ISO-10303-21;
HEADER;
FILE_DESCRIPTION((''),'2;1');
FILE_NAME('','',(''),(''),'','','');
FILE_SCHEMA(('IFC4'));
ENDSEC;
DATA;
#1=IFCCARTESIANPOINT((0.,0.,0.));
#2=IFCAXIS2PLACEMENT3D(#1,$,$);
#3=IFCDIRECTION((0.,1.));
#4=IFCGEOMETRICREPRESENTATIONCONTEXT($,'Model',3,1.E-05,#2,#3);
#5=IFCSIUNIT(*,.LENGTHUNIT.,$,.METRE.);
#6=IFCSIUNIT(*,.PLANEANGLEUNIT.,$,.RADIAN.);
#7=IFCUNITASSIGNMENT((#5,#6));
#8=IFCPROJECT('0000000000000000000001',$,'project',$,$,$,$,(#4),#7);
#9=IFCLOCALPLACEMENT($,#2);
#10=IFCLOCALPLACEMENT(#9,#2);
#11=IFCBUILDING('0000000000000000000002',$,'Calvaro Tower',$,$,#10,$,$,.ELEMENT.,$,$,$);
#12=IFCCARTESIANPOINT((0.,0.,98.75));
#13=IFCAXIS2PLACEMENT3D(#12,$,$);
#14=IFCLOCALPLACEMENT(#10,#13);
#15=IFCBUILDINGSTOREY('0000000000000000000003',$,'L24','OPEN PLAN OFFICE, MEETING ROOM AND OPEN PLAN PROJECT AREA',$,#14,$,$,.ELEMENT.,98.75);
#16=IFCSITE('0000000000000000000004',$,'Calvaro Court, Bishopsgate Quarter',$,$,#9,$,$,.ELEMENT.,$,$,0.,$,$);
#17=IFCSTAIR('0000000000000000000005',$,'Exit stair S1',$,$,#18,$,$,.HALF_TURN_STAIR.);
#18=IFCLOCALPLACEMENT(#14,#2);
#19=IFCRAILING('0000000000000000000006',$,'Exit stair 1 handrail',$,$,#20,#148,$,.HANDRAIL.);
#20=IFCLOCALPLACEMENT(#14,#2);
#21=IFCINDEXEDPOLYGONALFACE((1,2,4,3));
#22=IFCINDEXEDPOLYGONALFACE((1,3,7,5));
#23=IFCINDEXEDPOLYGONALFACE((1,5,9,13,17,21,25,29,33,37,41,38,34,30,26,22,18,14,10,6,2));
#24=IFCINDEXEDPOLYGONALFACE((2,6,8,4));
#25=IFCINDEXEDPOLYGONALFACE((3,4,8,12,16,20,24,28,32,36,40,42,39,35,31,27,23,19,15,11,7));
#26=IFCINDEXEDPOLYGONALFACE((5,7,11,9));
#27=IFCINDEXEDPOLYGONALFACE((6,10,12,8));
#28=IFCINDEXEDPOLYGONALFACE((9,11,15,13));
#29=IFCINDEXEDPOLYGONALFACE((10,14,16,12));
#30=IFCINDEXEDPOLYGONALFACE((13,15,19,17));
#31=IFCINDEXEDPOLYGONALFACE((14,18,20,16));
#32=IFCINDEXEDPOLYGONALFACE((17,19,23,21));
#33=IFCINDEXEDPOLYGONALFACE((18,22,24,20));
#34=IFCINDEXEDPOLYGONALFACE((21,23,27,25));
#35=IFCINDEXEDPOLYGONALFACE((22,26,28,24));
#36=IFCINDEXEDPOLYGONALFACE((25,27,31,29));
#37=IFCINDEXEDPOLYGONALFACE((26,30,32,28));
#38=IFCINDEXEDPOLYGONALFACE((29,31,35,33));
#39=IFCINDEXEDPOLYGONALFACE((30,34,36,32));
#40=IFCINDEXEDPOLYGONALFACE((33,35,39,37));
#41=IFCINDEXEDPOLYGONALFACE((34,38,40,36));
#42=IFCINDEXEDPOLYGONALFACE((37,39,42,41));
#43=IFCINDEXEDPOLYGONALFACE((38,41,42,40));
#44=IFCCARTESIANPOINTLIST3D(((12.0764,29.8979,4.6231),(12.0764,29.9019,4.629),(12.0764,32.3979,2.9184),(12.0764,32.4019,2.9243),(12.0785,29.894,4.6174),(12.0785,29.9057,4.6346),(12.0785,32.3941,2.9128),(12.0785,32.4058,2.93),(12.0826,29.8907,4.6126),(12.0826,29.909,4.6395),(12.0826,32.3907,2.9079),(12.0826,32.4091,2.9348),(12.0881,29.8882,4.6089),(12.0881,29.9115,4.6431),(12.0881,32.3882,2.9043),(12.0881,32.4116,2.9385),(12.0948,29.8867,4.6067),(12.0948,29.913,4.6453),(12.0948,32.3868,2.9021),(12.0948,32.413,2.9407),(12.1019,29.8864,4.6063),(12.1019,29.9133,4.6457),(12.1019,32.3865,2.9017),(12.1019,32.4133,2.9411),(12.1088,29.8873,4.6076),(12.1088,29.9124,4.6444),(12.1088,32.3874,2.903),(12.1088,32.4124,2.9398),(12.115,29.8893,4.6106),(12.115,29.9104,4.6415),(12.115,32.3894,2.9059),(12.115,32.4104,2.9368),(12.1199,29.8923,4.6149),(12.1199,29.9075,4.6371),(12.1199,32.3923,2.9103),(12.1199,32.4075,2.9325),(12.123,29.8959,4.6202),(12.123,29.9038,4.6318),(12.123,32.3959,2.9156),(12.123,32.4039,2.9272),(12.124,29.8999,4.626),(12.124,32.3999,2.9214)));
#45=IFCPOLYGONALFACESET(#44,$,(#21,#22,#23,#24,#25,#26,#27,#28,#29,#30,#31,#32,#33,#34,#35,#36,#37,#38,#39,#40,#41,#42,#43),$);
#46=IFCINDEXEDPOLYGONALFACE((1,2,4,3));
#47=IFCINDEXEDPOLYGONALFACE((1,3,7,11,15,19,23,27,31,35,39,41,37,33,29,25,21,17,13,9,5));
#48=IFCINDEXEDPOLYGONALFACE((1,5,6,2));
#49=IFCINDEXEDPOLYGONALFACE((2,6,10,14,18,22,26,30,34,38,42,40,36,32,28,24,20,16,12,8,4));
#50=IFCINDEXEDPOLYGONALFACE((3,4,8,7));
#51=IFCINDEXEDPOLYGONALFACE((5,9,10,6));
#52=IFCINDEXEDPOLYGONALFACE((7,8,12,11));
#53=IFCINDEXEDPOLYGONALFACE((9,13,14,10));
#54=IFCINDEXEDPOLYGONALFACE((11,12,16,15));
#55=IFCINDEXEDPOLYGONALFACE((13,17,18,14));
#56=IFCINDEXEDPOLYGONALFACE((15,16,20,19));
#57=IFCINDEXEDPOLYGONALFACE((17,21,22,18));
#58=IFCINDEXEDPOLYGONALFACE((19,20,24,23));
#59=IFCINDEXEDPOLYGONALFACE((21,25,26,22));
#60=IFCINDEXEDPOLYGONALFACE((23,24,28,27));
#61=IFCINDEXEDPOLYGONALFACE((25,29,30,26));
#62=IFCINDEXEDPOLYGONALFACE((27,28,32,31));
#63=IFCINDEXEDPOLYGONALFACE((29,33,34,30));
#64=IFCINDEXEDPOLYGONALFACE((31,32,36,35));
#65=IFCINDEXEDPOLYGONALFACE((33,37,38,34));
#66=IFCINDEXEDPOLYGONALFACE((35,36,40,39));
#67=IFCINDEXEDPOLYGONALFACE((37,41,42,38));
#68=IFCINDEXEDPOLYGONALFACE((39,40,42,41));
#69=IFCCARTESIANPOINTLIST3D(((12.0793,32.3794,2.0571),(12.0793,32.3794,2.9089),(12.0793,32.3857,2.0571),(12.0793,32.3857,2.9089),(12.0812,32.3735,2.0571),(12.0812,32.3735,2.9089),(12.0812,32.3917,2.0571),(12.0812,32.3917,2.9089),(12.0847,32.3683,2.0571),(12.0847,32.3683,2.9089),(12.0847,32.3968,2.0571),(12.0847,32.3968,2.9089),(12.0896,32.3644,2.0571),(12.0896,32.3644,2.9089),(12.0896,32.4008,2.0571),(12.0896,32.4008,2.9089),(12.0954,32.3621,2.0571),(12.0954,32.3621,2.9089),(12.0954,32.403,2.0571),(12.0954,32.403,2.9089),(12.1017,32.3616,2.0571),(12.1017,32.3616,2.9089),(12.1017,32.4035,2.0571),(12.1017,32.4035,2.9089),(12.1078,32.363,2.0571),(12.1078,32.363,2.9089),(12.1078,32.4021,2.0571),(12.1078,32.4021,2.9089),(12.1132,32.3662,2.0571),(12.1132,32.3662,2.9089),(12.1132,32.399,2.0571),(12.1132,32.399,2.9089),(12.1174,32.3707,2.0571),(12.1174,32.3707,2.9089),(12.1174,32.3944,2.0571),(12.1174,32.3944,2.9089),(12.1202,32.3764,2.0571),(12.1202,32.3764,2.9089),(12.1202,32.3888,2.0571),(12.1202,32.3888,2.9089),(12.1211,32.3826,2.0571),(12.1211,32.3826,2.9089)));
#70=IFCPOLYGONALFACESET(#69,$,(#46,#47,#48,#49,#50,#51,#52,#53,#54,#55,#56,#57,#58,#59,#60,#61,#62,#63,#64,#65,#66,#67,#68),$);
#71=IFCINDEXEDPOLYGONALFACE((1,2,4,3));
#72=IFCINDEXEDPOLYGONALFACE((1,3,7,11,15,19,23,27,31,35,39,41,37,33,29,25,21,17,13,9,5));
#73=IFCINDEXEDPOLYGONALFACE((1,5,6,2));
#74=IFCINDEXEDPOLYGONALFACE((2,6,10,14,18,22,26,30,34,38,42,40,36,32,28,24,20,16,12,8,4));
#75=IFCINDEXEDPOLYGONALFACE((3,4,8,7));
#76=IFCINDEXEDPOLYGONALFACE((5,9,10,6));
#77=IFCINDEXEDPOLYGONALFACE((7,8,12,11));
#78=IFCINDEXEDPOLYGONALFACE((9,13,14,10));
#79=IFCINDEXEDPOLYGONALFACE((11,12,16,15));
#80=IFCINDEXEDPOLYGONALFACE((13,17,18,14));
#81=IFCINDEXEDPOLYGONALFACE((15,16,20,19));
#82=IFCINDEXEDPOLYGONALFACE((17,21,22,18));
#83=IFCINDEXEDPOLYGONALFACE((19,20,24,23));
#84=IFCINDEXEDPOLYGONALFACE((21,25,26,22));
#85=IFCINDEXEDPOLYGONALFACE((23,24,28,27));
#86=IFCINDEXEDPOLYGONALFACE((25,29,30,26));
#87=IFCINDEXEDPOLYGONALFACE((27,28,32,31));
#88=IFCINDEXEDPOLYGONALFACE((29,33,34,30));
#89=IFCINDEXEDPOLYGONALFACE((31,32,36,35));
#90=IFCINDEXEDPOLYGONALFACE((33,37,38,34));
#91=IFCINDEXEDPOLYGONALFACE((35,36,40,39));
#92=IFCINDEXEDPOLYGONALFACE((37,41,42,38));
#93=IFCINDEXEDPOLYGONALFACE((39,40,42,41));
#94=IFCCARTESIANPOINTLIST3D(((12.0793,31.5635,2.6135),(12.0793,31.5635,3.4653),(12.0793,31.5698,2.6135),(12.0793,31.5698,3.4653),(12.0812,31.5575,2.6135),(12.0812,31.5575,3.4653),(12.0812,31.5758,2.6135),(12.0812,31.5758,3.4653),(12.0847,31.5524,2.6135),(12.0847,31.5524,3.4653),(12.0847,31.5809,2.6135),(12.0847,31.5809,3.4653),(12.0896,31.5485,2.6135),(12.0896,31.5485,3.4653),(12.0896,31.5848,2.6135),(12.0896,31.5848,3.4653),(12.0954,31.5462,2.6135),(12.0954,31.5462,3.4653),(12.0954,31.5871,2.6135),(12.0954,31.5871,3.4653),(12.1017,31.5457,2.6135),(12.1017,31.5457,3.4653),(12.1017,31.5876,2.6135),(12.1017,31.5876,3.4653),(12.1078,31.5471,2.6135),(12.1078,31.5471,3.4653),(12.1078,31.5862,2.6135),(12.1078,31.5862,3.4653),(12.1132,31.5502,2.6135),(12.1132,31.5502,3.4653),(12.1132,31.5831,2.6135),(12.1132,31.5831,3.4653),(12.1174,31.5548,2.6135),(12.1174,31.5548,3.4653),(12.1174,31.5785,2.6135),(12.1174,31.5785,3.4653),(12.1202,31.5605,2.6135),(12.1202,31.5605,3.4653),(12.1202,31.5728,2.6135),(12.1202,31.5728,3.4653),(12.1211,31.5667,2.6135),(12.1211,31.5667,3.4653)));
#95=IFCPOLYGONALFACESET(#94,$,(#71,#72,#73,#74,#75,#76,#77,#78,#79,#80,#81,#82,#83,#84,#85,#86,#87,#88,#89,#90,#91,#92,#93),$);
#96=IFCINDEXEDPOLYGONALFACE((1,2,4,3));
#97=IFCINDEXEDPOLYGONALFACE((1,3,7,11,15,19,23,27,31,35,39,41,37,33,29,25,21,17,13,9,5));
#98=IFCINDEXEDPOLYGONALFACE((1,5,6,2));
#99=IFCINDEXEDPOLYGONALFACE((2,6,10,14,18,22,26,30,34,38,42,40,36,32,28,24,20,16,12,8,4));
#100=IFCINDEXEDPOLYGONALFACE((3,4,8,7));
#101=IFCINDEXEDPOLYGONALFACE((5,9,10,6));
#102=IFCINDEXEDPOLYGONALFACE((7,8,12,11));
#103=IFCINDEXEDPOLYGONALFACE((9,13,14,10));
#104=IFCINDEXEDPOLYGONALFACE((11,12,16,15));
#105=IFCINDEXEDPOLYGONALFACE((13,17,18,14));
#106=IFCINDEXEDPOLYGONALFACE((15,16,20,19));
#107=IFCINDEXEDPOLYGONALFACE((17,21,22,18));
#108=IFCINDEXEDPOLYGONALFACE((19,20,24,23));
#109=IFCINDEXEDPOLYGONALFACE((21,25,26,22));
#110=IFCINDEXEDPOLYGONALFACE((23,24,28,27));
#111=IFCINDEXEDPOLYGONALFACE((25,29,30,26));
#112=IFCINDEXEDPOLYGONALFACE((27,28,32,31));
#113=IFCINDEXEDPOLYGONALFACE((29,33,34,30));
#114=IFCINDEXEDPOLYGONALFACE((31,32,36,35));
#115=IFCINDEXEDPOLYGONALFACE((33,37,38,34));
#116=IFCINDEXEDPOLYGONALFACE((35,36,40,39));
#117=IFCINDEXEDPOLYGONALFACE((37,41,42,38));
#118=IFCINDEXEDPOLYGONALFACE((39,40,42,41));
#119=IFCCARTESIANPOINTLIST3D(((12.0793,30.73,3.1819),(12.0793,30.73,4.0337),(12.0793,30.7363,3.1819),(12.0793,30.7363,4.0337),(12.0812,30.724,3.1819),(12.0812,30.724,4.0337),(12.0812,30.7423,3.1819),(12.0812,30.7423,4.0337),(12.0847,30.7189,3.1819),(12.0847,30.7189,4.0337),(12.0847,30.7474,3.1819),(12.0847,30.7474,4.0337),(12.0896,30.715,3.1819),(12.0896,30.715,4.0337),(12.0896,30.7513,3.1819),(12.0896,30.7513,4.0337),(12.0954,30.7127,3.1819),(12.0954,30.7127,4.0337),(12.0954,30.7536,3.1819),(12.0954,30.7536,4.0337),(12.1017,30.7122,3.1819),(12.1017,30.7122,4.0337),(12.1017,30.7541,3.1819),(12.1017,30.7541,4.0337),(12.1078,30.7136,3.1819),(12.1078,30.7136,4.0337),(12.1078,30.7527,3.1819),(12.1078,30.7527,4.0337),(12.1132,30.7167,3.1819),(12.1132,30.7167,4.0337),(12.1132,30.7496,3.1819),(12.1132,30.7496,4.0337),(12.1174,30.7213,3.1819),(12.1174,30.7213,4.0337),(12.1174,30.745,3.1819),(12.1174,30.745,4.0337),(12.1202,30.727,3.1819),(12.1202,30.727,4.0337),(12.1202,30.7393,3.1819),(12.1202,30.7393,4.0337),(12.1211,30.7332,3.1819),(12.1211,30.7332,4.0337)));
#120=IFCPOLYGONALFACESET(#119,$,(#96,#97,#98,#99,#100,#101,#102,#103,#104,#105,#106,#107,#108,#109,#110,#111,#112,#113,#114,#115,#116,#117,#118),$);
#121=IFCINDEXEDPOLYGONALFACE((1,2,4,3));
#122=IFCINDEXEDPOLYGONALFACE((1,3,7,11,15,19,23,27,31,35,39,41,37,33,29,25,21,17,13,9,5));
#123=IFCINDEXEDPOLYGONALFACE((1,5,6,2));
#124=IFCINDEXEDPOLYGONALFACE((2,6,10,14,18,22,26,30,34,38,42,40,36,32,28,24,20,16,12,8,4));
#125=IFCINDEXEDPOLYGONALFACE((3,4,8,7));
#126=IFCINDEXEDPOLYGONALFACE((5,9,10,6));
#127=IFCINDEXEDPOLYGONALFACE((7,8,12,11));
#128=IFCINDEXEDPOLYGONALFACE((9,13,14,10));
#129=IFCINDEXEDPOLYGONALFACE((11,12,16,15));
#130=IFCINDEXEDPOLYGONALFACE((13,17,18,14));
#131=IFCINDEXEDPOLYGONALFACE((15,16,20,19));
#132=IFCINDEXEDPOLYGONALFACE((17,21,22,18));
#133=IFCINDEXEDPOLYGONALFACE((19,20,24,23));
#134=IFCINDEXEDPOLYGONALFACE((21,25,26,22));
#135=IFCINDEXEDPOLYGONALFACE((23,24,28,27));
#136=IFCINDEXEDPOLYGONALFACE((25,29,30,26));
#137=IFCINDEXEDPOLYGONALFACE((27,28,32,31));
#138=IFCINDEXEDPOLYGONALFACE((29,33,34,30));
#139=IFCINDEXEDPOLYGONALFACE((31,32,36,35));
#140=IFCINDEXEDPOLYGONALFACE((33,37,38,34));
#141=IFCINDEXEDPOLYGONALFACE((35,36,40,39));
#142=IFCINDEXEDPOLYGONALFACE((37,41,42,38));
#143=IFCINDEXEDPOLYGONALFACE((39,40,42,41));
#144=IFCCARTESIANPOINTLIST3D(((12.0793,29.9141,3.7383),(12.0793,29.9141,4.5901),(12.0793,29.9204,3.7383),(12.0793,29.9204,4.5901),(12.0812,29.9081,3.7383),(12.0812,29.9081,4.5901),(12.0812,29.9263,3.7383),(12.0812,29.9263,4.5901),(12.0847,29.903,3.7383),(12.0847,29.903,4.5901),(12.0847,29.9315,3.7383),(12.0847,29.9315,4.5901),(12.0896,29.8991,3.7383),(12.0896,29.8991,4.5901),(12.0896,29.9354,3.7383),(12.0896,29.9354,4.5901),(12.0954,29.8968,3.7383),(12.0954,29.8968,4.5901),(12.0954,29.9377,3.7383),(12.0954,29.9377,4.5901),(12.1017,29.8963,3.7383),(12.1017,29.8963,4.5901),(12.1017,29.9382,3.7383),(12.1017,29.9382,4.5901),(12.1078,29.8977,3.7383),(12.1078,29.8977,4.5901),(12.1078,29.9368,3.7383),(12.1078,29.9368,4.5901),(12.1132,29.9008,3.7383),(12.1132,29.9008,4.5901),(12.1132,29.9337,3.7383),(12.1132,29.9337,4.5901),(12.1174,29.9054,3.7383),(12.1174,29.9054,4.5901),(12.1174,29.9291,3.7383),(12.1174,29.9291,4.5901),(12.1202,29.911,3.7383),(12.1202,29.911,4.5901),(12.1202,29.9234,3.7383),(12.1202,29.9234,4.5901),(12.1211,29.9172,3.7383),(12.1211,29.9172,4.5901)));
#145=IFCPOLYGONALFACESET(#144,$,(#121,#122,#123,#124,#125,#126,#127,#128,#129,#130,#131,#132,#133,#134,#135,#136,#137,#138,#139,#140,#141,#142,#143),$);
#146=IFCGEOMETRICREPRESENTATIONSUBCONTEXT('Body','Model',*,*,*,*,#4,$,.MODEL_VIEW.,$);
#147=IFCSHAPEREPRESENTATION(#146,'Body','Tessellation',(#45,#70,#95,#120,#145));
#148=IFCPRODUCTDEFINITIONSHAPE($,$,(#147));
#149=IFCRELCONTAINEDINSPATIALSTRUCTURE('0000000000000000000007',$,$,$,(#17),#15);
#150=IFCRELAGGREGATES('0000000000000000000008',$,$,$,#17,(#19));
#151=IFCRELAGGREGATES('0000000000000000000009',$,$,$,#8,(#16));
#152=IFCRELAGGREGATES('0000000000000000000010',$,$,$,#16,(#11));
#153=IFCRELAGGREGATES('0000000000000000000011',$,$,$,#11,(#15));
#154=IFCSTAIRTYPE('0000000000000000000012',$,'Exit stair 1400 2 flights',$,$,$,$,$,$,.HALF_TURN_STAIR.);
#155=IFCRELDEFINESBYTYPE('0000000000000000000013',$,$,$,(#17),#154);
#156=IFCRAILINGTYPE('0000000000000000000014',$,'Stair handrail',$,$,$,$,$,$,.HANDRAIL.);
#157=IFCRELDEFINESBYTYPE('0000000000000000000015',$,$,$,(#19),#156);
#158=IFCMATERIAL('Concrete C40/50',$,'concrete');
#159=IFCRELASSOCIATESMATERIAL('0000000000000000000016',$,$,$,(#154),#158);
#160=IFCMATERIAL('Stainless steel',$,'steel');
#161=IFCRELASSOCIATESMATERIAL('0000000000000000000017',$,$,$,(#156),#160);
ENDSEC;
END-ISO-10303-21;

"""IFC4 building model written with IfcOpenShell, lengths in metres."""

from ifc_helpers import new_model, si_unit, direction, frame, origin, origin_2d, place, context, subcontext, project, spatial, circle, extrude, material, type_object, element, aggregate, save


model = new_model("IFC4")

# Units and contexts
model_context = context("Model", 3, precision=1e-05, world=origin(), true_north=direction((0.0, 1.0)))
body_context = subcontext(model_context, "Body", "Model", "MODEL_VIEW")
ifc_project = project(units=[si_unit("LENGTHUNIT", "METRE"), si_unit("PLANEANGLEUNIT", "RADIAN")], contexts=[model_context])

# Site, building, storey
site_placement = place(None, origin())
site = spatial("IfcSite", under=ifc_project, at=site_placement, Name="Calvaro Court, Bishopsgate Quarter", CompositionType="ELEMENT", RefElevation=0.0)
building_placement = place(site_placement, origin())
building = spatial("IfcBuilding", under=site, at=building_placement, Name="Calvaro Tower", CompositionType="ELEMENT")
storey_placement = place(building_placement, frame((0.0, 0.0, 98.75)))
storey = spatial("IfcBuildingStorey", under=building, at=storey_placement, Name="L24", Description="OPEN PLAN OFFICE, MEETING ROOM AND OPEN PLAN PROJECT AREA", CompositionType="ELEMENT", Elevation=98.75)

# Stair, railing
ifc_material_1 = material(Name="Concrete C40/50", Category="concrete")
stair_type = type_object("IfcStairType", Name="Exit stair 1400 2 flights", PredefinedType="HALF_TURN_STAIR", material=ifc_material_1)
stair_placement = place(storey_placement, origin())
stair = element("IfcStair", 1, at=stair_placement, inside=storey, type_object=stair_type, Name="Exit stair S1", PredefinedType="HALF_TURN_STAIR")
ifc_material_2 = material(Name="Stainless steel", Category="steel")
railing_type = type_object("IfcRailingType", Name="Stair handrail", PredefinedType="HANDRAIL", material=ifc_material_2)
railing_1_placement = place(storey_placement, frame((12.1001, 32.3999, 2.0454)))
railing_1 = element("IfcRailing", 2, at=railing_1_placement, type_object=railing_type, Name="Exit stair 1 handrail", PredefinedType="HANDRAIL", context=body_context, shape_type="SweptSolid", body=[
    extrude(circle(Radius=0.0239, at=origin_2d()), frame((0.0, 0.0, 0.876), z_axis=(0.0, -0.826221, 0.563347), x_axis=(1.0, 0.0, 0.0)), (0.0, 0.0, 1.0), 3.0259),
    extrude(circle(Radius=0.021, at=origin_2d()), frame((0.0, -0.0173, 0.0117)), (0.0, 0.0, 1.0), 0.8518),
    extrude(circle(Radius=0.021, at=origin_2d()), frame((0.0, -0.8333, 0.5681)), (0.0, 0.0, 1.0), 0.8518),
    extrude(circle(Radius=0.021, at=origin_2d()), frame((0.0, -1.6667, 1.1365)), (0.0, 0.0, 1.0), 0.8518),
    extrude(circle(Radius=0.021, at=origin_2d()), frame((0.0, -2.4827, 1.6929)), (0.0, 0.0, 1.0), 0.8518),
])
aggregate(stair, [railing_1])

save(model, "model.ifc")
